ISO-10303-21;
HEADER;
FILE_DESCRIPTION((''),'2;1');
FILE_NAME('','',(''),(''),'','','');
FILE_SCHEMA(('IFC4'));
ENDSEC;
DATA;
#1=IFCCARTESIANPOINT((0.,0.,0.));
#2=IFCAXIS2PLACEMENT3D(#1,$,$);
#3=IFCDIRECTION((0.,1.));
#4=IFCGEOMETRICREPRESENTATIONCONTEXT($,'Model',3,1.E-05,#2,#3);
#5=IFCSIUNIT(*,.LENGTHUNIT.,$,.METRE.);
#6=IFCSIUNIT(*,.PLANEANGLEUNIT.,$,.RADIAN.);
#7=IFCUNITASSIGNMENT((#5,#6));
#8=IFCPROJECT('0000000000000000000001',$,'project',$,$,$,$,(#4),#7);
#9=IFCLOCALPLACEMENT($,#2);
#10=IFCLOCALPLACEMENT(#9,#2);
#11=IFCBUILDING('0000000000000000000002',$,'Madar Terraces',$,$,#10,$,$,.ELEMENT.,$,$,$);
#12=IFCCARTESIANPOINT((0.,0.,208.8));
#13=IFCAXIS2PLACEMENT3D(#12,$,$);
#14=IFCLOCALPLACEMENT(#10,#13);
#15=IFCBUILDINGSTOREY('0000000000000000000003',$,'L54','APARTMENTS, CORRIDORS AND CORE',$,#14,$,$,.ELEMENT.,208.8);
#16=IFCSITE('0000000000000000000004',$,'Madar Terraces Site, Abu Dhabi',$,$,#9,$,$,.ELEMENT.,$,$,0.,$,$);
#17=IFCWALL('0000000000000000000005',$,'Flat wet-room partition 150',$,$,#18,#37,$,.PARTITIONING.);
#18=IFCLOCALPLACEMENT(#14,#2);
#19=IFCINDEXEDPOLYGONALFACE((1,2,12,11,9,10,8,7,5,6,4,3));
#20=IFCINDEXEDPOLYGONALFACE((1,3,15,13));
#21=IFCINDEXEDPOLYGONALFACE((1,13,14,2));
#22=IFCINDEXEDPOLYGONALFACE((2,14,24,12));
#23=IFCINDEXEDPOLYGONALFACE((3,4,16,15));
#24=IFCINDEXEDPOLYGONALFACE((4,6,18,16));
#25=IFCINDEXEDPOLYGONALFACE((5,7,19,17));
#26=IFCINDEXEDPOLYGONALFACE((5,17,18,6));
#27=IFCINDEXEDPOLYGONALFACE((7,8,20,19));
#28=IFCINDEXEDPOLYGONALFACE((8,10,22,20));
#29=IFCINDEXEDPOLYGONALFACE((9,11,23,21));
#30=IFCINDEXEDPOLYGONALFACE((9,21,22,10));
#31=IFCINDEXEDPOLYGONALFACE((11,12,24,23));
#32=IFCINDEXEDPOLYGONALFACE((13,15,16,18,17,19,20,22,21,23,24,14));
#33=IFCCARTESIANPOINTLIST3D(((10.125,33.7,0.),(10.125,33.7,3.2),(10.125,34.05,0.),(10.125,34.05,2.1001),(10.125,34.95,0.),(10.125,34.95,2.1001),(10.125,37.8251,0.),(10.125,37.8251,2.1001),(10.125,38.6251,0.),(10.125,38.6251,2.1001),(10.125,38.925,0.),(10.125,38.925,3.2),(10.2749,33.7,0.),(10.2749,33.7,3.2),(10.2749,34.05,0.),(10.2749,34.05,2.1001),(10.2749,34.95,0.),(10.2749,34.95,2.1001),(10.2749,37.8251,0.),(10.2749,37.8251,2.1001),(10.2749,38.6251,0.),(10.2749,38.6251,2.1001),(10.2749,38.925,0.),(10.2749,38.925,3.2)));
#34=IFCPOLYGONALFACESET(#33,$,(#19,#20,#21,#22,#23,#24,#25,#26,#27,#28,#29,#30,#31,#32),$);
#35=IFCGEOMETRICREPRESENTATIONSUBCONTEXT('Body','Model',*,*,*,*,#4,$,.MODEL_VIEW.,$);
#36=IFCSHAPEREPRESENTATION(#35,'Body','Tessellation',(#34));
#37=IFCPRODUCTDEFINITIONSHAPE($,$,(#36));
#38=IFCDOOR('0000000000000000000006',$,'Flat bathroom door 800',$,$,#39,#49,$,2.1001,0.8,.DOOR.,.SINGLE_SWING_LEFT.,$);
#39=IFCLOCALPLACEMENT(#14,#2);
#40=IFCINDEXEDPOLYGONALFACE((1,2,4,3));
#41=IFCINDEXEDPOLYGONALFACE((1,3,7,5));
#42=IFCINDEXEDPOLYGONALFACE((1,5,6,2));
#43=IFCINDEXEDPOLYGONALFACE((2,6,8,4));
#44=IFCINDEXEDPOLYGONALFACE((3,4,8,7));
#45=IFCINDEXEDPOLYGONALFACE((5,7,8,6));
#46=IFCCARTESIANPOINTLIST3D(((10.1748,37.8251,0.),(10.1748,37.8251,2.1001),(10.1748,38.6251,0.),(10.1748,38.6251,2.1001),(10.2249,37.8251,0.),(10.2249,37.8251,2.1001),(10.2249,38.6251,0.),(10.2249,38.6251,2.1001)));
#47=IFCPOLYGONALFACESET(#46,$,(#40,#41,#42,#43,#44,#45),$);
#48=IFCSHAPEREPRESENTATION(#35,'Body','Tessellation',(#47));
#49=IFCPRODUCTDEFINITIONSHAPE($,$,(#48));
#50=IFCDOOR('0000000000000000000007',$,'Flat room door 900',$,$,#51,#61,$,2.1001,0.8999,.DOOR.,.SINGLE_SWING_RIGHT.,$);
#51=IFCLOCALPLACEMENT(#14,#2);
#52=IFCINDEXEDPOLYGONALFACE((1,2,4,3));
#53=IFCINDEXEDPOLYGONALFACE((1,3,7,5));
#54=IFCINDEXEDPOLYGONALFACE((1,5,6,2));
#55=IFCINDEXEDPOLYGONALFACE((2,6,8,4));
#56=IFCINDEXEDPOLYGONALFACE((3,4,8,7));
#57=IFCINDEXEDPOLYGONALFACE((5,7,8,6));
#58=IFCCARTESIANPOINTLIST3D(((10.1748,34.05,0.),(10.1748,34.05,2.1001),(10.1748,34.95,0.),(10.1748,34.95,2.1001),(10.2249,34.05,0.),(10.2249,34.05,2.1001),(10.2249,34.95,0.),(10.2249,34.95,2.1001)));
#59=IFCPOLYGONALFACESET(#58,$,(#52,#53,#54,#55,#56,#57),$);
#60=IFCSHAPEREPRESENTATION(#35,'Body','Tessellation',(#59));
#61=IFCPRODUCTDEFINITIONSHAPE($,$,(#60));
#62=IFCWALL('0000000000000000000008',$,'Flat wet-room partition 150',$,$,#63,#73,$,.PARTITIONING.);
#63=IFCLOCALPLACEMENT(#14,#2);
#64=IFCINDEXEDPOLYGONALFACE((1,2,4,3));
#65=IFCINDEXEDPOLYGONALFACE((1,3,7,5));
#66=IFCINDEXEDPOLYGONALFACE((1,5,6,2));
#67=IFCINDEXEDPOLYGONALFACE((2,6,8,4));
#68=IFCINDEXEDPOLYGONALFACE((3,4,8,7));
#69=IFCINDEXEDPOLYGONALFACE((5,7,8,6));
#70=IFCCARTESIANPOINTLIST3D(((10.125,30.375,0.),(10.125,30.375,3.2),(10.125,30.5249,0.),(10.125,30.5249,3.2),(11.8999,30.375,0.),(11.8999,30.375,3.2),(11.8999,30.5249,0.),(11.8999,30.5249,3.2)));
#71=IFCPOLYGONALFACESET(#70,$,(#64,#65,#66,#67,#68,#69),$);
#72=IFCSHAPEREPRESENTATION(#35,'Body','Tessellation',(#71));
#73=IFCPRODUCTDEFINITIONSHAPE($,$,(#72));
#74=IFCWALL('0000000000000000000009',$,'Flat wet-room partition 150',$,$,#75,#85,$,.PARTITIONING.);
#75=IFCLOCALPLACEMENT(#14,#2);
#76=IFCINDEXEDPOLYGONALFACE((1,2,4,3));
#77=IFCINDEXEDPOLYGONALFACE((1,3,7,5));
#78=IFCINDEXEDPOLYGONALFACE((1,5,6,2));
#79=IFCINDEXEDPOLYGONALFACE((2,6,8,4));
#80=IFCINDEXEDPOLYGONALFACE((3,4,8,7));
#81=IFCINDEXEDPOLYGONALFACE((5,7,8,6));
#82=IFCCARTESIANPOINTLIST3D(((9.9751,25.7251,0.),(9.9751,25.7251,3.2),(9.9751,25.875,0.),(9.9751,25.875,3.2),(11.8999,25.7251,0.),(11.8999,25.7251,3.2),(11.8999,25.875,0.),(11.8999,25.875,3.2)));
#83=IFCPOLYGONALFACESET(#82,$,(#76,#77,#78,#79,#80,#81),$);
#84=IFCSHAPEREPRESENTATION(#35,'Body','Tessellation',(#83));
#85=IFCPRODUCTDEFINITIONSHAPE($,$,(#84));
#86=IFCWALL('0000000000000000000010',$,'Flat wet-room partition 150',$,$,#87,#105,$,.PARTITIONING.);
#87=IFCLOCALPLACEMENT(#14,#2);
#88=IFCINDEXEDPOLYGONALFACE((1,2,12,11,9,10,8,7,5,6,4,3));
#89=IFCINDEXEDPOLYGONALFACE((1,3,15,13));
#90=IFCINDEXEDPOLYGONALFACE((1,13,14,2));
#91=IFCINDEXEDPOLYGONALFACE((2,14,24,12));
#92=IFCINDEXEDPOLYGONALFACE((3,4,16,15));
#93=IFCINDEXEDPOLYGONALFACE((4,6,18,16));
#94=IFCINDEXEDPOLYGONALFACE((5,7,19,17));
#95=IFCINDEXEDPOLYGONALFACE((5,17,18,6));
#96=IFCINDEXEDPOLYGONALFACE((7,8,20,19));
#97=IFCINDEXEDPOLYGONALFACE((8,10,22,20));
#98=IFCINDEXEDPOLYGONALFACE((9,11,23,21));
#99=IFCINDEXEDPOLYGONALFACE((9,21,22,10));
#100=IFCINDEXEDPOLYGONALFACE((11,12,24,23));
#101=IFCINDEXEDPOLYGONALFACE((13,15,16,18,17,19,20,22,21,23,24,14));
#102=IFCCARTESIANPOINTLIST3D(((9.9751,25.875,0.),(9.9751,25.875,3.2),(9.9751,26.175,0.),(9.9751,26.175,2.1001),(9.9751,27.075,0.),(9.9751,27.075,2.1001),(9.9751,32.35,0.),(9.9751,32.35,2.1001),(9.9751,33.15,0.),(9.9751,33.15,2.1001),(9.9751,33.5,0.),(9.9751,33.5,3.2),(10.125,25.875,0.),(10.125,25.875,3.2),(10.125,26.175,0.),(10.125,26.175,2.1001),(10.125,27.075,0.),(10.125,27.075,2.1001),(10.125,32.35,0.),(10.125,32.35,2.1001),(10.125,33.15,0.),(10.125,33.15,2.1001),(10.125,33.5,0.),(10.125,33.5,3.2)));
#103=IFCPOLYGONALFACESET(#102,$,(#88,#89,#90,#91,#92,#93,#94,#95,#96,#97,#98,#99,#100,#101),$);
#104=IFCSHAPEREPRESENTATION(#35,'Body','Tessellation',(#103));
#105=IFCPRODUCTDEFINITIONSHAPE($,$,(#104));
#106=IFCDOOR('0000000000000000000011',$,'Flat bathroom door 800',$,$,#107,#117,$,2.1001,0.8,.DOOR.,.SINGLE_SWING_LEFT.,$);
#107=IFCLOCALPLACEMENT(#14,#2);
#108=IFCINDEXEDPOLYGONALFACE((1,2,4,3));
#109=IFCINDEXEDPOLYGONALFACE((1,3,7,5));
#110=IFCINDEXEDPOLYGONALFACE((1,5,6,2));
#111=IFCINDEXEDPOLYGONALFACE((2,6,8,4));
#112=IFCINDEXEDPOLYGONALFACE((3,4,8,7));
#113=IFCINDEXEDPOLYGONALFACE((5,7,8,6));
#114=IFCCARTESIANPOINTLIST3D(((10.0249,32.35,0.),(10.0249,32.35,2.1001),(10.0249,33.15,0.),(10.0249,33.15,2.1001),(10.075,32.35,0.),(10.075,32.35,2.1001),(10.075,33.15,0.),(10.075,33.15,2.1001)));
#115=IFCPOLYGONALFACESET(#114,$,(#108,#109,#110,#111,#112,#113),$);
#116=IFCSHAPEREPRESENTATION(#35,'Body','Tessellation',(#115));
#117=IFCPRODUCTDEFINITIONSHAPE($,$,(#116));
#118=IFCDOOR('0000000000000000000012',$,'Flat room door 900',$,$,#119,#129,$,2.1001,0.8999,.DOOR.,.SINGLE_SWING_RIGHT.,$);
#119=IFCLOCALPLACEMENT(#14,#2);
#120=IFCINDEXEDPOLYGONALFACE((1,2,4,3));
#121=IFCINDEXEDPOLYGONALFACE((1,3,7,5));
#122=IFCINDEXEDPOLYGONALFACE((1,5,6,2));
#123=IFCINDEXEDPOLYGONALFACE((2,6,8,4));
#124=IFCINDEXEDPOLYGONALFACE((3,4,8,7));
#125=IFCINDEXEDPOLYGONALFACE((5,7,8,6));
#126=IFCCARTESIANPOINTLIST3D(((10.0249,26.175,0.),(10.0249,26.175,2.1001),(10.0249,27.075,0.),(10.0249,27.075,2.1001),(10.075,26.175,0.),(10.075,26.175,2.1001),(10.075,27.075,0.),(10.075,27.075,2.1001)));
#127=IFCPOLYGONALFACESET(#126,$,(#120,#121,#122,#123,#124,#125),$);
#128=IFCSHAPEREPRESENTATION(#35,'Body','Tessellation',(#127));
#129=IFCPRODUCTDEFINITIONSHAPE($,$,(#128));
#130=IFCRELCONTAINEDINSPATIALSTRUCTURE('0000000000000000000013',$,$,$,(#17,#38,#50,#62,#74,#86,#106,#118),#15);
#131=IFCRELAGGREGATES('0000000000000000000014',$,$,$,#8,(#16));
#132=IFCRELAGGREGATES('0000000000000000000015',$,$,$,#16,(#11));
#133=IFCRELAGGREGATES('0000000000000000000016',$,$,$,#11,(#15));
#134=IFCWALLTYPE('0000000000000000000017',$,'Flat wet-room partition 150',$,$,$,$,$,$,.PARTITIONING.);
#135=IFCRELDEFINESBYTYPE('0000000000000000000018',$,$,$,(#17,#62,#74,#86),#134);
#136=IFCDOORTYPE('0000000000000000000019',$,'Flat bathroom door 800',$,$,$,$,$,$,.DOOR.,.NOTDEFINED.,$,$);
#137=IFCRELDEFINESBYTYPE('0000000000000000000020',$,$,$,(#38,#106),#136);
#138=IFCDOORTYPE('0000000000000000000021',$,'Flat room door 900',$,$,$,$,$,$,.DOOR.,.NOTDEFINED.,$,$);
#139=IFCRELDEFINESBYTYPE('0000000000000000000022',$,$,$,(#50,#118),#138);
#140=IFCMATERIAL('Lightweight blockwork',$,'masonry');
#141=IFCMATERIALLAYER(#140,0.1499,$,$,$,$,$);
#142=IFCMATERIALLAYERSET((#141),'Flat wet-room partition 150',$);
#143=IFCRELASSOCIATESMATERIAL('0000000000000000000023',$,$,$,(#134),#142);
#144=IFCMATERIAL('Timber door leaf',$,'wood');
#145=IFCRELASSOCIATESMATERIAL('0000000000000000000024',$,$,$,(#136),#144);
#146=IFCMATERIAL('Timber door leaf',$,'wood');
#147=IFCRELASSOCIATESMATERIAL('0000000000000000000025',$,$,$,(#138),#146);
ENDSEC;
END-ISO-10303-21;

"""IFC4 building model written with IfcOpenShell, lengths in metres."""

from ifc_helpers import new_model, si_unit, direction, frame, frame_2d, origin, place, context, subcontext, project, spatial, rectangle, extrude, material, layer, layer_set, type_object, element, fill, save


model = new_model("IFC4")

# Units and contexts
model_context = context("Model", 3, precision=1e-05, world=origin(), true_north=direction((0.0, 1.0)))
body_context = subcontext(model_context, "Body", "Model", "MODEL_VIEW")
ifc_project = project(units=[si_unit("LENGTHUNIT", "METRE"), si_unit("PLANEANGLEUNIT", "RADIAN")], contexts=[model_context])

# Site, building, storey
site_placement = place(None, origin())
site = spatial("IfcSite", under=ifc_project, at=site_placement, Name="Madar Terraces Site, Abu Dhabi", CompositionType="ELEMENT", RefElevation=0.0)
building_placement = place(site_placement, origin())
building = spatial("IfcBuilding", under=site, at=building_placement, Name="Madar Terraces", CompositionType="ELEMENT")
storey_placement = place(building_placement, frame((0.0, 0.0, 208.8)))
storey = spatial("IfcBuildingStorey", under=building, at=storey_placement, Name="L54", Description="APARTMENTS, CORRIDORS AND CORE", CompositionType="ELEMENT", Elevation=208.8)

# Shared definitions
ifc_material_1 = material(Name="Lightweight blockwork", Category="masonry")
ifc_layer_1 = layer(ifc_material_1, 0.1499)
ifc_layer_set_1 = layer_set([ifc_layer_1], Name="Flat wet-room partition 150")
wall_type_1 = type_object("IfcWallType", Name="Flat wet-room partition 150", PredefinedType="PARTITIONING", material=ifc_layer_set_1)

# Wall, openings, doors
wall_1_placement = place(storey_placement, frame((10.2, 38.925, 0.0), z_axis=(0.0, 0.0, 1.0), x_axis=(0.0, -1.0, 0.0)))
wall_1 = element("IfcWall", 1, at=wall_1_placement, inside=storey, type_object=wall_type_1, Name="Flat wet-room partition 150", PredefinedType="PARTITIONING", context=body_context, shape_type="SweptSolid", body=[
    extrude(rectangle(XDim=5.2251, YDim=0.1499, at=frame_2d((2.6125, 0.0))), origin(), (0.0, 0.0, 1.0), 3.2),
])
opening_1_placement = place(wall_1_placement, frame((0.3, 0.0, 0.0)))
opening_1 = element("IfcOpeningElement", 2, at=opening_1_placement, cuts=wall_1, PredefinedType="OPENING", context=body_context, shape_type="SweptSolid", body=[
    extrude(rectangle(XDim=0.8, YDim=2.1001, at=frame_2d((0.3999, 1.05))), frame((0.0, 0.085, 0.0), z_axis=(0.0, -1.0, 0.0), x_axis=(1.0, 0.0, 0.0)), (0.0, 0.0, 1.0), 0.1699),
])
opening_2_placement = place(wall_1_placement, frame((3.9751, 0.0, 0.0)))
opening_2 = element("IfcOpeningElement", 3, at=opening_2_placement, cuts=wall_1, PredefinedType="OPENING", context=body_context, shape_type="SweptSolid", body=[
    extrude(rectangle(XDim=0.8999, YDim=2.1001, at=frame_2d((0.45, 1.05))), frame((0.0, 0.085, 0.0), z_axis=(0.0, -1.0, 0.0), x_axis=(1.0, 0.0, 0.0)), (0.0, 0.0, 1.0), 0.1699),
])
ifc_material_2 = material(Name="Timber door leaf", Category="wood")
door_type_1 = type_object("IfcDoorType", Name="Flat bathroom door 800", OperationType="NOTDEFINED", PredefinedType="DOOR", material=ifc_material_2)
door_1_placement = place(opening_1_placement, origin())
door_1 = element("IfcDoor", 4, at=door_1_placement, inside=storey, type_object=door_type_1, Name="Flat bathroom door 800", OperationType="SINGLE_SWING_LEFT", OverallHeight=2.1001, OverallWidth=0.8, PredefinedType="DOOR", context=body_context, shape_type="SweptSolid", body=[
    extrude(rectangle(XDim=0.8, YDim=2.1001, at=frame_2d((0.3999, 1.05))), frame((0.0, 0.0249, 0.0), z_axis=(0.0, -1.0, 0.0), x_axis=(1.0, 0.0, 0.0)), (0.0, 0.0, 1.0), 0.05),
])
fill(opening_1, door_1)
ifc_material_3 = material(Name="Timber door leaf", Category="wood")
door_type_2 = type_object("IfcDoorType", Name="Flat room door 900", OperationType="NOTDEFINED", PredefinedType="DOOR", material=ifc_material_3)
door_2_placement = place(opening_2_placement, origin())
door_2 = element("IfcDoor", 5, at=door_2_placement, inside=storey, type_object=door_type_2, Name="Flat room door 900", OperationType="SINGLE_SWING_RIGHT", OverallHeight=2.1001, OverallWidth=0.8999, PredefinedType="DOOR", context=body_context, shape_type="SweptSolid", body=[
    extrude(rectangle(XDim=0.8999, YDim=2.1001, at=frame_2d((0.45, 1.05))), frame((0.0, 0.0249, 0.0), z_axis=(0.0, -1.0, 0.0), x_axis=(1.0, 0.0, 0.0)), (0.0, 0.0, 1.0), 0.05),
])
fill(opening_2, door_2)

# Walls
wall_2_placement = place(storey_placement, frame((11.8999, 30.45, 0.0), z_axis=(0.0, 0.0, 1.0), x_axis=(-1.0, 0.0, 0.0)))
element("IfcWall", 6, at=wall_2_placement, inside=storey, type_object=wall_type_1, Name="Flat wet-room partition 150", PredefinedType="PARTITIONING", context=body_context, shape_type="SweptSolid", body=[
    extrude(rectangle(XDim=1.7749, YDim=0.1499, at=frame_2d((0.8875, 0.0))), origin(), (0.0, 0.0, 1.0), 3.2),
])
wall_3_placement = place(storey_placement, frame((11.8999, 25.8, 0.0), z_axis=(0.0, 0.0, 1.0), x_axis=(-1.0, 0.0, 0.0)))
element("IfcWall", 7, at=wall_3_placement, inside=storey, type_object=wall_type_1, Name="Flat wet-room partition 150", PredefinedType="PARTITIONING", context=body_context, shape_type="SweptSolid", body=[
    extrude(rectangle(XDim=1.9248, YDim=0.1499, at=frame_2d((0.9624, 0.0))), origin(), (0.0, 0.0, 1.0), 3.2),
])

# Wall, openings, doors
wall_4_placement = place(storey_placement, frame((10.05, 33.5, 0.0), z_axis=(0.0, 0.0, 1.0), x_axis=(0.0, -1.0, 0.0)))
wall_4 = element("IfcWall", 8, at=wall_4_placement, inside=storey, type_object=wall_type_1, Name="Flat wet-room partition 150", PredefinedType="PARTITIONING", context=body_context, shape_type="SweptSolid", body=[
    extrude(rectangle(XDim=7.625, YDim=0.1499, at=frame_2d((3.8125, 0.0))), origin(), (0.0, 0.0, 1.0), 3.2),
])
opening_3_placement = place(wall_4_placement, frame((6.425, 0.0, 0.0)))
opening_3 = element("IfcOpeningElement", 9, at=opening_3_placement, cuts=wall_4, PredefinedType="OPENING", context=body_context, shape_type="SweptSolid", body=[
    extrude(rectangle(XDim=0.8999, YDim=2.1001, at=frame_2d((0.45, 1.05))), frame((0.0, 0.085, 0.0), z_axis=(0.0, -1.0, 0.0), x_axis=(1.0, 0.0, 0.0)), (0.0, 0.0, 1.0), 0.1699),
])
opening_4_placement = place(wall_4_placement, frame((0.3501, 0.0, 0.0)))
opening_4 = element("IfcOpeningElement", 10, at=opening_4_placement, cuts=wall_4, PredefinedType="OPENING", context=body_context, shape_type="SweptSolid", body=[
    extrude(rectangle(XDim=0.8, YDim=2.1001, at=frame_2d((0.3999, 1.05))), frame((0.0, 0.085, 0.0), z_axis=(0.0, -1.0, 0.0), x_axis=(1.0, 0.0, 0.0)), (0.0, 0.0, 1.0), 0.1699),
])
door_3_placement = place(opening_4_placement, origin())
door_3 = element("IfcDoor", 11, at=door_3_placement, inside=storey, type_object=door_type_1, Name="Flat bathroom door 800", OperationType="SINGLE_SWING_LEFT", OverallHeight=2.1001, OverallWidth=0.8, PredefinedType="DOOR", context=body_context, shape_type="SweptSolid", body=[
    extrude(rectangle(XDim=0.8, YDim=2.1001, at=frame_2d((0.3999, 1.05))), frame((0.0, 0.0249, 0.0), z_axis=(0.0, -1.0, 0.0), x_axis=(1.0, 0.0, 0.0)), (0.0, 0.0, 1.0), 0.05),
])
fill(opening_4, door_3)
door_4_placement = place(opening_3_placement, origin())
door_4 = element("IfcDoor", 12, at=door_4_placement, inside=storey, type_object=door_type_2, Name="Flat room door 900", OperationType="SINGLE_SWING_RIGHT", OverallHeight=2.1001, OverallWidth=0.8999, PredefinedType="DOOR", context=body_context, shape_type="SweptSolid", body=[
    extrude(rectangle(XDim=0.8999, YDim=2.1001, at=frame_2d((0.45, 1.05))), frame((0.0, 0.0249, 0.0), z_axis=(0.0, -1.0, 0.0), x_axis=(1.0, 0.0, 0.0)), (0.0, 0.0, 1.0), 0.05),
])
fill(opening_3, door_4)

save(model, "model.ifc")
